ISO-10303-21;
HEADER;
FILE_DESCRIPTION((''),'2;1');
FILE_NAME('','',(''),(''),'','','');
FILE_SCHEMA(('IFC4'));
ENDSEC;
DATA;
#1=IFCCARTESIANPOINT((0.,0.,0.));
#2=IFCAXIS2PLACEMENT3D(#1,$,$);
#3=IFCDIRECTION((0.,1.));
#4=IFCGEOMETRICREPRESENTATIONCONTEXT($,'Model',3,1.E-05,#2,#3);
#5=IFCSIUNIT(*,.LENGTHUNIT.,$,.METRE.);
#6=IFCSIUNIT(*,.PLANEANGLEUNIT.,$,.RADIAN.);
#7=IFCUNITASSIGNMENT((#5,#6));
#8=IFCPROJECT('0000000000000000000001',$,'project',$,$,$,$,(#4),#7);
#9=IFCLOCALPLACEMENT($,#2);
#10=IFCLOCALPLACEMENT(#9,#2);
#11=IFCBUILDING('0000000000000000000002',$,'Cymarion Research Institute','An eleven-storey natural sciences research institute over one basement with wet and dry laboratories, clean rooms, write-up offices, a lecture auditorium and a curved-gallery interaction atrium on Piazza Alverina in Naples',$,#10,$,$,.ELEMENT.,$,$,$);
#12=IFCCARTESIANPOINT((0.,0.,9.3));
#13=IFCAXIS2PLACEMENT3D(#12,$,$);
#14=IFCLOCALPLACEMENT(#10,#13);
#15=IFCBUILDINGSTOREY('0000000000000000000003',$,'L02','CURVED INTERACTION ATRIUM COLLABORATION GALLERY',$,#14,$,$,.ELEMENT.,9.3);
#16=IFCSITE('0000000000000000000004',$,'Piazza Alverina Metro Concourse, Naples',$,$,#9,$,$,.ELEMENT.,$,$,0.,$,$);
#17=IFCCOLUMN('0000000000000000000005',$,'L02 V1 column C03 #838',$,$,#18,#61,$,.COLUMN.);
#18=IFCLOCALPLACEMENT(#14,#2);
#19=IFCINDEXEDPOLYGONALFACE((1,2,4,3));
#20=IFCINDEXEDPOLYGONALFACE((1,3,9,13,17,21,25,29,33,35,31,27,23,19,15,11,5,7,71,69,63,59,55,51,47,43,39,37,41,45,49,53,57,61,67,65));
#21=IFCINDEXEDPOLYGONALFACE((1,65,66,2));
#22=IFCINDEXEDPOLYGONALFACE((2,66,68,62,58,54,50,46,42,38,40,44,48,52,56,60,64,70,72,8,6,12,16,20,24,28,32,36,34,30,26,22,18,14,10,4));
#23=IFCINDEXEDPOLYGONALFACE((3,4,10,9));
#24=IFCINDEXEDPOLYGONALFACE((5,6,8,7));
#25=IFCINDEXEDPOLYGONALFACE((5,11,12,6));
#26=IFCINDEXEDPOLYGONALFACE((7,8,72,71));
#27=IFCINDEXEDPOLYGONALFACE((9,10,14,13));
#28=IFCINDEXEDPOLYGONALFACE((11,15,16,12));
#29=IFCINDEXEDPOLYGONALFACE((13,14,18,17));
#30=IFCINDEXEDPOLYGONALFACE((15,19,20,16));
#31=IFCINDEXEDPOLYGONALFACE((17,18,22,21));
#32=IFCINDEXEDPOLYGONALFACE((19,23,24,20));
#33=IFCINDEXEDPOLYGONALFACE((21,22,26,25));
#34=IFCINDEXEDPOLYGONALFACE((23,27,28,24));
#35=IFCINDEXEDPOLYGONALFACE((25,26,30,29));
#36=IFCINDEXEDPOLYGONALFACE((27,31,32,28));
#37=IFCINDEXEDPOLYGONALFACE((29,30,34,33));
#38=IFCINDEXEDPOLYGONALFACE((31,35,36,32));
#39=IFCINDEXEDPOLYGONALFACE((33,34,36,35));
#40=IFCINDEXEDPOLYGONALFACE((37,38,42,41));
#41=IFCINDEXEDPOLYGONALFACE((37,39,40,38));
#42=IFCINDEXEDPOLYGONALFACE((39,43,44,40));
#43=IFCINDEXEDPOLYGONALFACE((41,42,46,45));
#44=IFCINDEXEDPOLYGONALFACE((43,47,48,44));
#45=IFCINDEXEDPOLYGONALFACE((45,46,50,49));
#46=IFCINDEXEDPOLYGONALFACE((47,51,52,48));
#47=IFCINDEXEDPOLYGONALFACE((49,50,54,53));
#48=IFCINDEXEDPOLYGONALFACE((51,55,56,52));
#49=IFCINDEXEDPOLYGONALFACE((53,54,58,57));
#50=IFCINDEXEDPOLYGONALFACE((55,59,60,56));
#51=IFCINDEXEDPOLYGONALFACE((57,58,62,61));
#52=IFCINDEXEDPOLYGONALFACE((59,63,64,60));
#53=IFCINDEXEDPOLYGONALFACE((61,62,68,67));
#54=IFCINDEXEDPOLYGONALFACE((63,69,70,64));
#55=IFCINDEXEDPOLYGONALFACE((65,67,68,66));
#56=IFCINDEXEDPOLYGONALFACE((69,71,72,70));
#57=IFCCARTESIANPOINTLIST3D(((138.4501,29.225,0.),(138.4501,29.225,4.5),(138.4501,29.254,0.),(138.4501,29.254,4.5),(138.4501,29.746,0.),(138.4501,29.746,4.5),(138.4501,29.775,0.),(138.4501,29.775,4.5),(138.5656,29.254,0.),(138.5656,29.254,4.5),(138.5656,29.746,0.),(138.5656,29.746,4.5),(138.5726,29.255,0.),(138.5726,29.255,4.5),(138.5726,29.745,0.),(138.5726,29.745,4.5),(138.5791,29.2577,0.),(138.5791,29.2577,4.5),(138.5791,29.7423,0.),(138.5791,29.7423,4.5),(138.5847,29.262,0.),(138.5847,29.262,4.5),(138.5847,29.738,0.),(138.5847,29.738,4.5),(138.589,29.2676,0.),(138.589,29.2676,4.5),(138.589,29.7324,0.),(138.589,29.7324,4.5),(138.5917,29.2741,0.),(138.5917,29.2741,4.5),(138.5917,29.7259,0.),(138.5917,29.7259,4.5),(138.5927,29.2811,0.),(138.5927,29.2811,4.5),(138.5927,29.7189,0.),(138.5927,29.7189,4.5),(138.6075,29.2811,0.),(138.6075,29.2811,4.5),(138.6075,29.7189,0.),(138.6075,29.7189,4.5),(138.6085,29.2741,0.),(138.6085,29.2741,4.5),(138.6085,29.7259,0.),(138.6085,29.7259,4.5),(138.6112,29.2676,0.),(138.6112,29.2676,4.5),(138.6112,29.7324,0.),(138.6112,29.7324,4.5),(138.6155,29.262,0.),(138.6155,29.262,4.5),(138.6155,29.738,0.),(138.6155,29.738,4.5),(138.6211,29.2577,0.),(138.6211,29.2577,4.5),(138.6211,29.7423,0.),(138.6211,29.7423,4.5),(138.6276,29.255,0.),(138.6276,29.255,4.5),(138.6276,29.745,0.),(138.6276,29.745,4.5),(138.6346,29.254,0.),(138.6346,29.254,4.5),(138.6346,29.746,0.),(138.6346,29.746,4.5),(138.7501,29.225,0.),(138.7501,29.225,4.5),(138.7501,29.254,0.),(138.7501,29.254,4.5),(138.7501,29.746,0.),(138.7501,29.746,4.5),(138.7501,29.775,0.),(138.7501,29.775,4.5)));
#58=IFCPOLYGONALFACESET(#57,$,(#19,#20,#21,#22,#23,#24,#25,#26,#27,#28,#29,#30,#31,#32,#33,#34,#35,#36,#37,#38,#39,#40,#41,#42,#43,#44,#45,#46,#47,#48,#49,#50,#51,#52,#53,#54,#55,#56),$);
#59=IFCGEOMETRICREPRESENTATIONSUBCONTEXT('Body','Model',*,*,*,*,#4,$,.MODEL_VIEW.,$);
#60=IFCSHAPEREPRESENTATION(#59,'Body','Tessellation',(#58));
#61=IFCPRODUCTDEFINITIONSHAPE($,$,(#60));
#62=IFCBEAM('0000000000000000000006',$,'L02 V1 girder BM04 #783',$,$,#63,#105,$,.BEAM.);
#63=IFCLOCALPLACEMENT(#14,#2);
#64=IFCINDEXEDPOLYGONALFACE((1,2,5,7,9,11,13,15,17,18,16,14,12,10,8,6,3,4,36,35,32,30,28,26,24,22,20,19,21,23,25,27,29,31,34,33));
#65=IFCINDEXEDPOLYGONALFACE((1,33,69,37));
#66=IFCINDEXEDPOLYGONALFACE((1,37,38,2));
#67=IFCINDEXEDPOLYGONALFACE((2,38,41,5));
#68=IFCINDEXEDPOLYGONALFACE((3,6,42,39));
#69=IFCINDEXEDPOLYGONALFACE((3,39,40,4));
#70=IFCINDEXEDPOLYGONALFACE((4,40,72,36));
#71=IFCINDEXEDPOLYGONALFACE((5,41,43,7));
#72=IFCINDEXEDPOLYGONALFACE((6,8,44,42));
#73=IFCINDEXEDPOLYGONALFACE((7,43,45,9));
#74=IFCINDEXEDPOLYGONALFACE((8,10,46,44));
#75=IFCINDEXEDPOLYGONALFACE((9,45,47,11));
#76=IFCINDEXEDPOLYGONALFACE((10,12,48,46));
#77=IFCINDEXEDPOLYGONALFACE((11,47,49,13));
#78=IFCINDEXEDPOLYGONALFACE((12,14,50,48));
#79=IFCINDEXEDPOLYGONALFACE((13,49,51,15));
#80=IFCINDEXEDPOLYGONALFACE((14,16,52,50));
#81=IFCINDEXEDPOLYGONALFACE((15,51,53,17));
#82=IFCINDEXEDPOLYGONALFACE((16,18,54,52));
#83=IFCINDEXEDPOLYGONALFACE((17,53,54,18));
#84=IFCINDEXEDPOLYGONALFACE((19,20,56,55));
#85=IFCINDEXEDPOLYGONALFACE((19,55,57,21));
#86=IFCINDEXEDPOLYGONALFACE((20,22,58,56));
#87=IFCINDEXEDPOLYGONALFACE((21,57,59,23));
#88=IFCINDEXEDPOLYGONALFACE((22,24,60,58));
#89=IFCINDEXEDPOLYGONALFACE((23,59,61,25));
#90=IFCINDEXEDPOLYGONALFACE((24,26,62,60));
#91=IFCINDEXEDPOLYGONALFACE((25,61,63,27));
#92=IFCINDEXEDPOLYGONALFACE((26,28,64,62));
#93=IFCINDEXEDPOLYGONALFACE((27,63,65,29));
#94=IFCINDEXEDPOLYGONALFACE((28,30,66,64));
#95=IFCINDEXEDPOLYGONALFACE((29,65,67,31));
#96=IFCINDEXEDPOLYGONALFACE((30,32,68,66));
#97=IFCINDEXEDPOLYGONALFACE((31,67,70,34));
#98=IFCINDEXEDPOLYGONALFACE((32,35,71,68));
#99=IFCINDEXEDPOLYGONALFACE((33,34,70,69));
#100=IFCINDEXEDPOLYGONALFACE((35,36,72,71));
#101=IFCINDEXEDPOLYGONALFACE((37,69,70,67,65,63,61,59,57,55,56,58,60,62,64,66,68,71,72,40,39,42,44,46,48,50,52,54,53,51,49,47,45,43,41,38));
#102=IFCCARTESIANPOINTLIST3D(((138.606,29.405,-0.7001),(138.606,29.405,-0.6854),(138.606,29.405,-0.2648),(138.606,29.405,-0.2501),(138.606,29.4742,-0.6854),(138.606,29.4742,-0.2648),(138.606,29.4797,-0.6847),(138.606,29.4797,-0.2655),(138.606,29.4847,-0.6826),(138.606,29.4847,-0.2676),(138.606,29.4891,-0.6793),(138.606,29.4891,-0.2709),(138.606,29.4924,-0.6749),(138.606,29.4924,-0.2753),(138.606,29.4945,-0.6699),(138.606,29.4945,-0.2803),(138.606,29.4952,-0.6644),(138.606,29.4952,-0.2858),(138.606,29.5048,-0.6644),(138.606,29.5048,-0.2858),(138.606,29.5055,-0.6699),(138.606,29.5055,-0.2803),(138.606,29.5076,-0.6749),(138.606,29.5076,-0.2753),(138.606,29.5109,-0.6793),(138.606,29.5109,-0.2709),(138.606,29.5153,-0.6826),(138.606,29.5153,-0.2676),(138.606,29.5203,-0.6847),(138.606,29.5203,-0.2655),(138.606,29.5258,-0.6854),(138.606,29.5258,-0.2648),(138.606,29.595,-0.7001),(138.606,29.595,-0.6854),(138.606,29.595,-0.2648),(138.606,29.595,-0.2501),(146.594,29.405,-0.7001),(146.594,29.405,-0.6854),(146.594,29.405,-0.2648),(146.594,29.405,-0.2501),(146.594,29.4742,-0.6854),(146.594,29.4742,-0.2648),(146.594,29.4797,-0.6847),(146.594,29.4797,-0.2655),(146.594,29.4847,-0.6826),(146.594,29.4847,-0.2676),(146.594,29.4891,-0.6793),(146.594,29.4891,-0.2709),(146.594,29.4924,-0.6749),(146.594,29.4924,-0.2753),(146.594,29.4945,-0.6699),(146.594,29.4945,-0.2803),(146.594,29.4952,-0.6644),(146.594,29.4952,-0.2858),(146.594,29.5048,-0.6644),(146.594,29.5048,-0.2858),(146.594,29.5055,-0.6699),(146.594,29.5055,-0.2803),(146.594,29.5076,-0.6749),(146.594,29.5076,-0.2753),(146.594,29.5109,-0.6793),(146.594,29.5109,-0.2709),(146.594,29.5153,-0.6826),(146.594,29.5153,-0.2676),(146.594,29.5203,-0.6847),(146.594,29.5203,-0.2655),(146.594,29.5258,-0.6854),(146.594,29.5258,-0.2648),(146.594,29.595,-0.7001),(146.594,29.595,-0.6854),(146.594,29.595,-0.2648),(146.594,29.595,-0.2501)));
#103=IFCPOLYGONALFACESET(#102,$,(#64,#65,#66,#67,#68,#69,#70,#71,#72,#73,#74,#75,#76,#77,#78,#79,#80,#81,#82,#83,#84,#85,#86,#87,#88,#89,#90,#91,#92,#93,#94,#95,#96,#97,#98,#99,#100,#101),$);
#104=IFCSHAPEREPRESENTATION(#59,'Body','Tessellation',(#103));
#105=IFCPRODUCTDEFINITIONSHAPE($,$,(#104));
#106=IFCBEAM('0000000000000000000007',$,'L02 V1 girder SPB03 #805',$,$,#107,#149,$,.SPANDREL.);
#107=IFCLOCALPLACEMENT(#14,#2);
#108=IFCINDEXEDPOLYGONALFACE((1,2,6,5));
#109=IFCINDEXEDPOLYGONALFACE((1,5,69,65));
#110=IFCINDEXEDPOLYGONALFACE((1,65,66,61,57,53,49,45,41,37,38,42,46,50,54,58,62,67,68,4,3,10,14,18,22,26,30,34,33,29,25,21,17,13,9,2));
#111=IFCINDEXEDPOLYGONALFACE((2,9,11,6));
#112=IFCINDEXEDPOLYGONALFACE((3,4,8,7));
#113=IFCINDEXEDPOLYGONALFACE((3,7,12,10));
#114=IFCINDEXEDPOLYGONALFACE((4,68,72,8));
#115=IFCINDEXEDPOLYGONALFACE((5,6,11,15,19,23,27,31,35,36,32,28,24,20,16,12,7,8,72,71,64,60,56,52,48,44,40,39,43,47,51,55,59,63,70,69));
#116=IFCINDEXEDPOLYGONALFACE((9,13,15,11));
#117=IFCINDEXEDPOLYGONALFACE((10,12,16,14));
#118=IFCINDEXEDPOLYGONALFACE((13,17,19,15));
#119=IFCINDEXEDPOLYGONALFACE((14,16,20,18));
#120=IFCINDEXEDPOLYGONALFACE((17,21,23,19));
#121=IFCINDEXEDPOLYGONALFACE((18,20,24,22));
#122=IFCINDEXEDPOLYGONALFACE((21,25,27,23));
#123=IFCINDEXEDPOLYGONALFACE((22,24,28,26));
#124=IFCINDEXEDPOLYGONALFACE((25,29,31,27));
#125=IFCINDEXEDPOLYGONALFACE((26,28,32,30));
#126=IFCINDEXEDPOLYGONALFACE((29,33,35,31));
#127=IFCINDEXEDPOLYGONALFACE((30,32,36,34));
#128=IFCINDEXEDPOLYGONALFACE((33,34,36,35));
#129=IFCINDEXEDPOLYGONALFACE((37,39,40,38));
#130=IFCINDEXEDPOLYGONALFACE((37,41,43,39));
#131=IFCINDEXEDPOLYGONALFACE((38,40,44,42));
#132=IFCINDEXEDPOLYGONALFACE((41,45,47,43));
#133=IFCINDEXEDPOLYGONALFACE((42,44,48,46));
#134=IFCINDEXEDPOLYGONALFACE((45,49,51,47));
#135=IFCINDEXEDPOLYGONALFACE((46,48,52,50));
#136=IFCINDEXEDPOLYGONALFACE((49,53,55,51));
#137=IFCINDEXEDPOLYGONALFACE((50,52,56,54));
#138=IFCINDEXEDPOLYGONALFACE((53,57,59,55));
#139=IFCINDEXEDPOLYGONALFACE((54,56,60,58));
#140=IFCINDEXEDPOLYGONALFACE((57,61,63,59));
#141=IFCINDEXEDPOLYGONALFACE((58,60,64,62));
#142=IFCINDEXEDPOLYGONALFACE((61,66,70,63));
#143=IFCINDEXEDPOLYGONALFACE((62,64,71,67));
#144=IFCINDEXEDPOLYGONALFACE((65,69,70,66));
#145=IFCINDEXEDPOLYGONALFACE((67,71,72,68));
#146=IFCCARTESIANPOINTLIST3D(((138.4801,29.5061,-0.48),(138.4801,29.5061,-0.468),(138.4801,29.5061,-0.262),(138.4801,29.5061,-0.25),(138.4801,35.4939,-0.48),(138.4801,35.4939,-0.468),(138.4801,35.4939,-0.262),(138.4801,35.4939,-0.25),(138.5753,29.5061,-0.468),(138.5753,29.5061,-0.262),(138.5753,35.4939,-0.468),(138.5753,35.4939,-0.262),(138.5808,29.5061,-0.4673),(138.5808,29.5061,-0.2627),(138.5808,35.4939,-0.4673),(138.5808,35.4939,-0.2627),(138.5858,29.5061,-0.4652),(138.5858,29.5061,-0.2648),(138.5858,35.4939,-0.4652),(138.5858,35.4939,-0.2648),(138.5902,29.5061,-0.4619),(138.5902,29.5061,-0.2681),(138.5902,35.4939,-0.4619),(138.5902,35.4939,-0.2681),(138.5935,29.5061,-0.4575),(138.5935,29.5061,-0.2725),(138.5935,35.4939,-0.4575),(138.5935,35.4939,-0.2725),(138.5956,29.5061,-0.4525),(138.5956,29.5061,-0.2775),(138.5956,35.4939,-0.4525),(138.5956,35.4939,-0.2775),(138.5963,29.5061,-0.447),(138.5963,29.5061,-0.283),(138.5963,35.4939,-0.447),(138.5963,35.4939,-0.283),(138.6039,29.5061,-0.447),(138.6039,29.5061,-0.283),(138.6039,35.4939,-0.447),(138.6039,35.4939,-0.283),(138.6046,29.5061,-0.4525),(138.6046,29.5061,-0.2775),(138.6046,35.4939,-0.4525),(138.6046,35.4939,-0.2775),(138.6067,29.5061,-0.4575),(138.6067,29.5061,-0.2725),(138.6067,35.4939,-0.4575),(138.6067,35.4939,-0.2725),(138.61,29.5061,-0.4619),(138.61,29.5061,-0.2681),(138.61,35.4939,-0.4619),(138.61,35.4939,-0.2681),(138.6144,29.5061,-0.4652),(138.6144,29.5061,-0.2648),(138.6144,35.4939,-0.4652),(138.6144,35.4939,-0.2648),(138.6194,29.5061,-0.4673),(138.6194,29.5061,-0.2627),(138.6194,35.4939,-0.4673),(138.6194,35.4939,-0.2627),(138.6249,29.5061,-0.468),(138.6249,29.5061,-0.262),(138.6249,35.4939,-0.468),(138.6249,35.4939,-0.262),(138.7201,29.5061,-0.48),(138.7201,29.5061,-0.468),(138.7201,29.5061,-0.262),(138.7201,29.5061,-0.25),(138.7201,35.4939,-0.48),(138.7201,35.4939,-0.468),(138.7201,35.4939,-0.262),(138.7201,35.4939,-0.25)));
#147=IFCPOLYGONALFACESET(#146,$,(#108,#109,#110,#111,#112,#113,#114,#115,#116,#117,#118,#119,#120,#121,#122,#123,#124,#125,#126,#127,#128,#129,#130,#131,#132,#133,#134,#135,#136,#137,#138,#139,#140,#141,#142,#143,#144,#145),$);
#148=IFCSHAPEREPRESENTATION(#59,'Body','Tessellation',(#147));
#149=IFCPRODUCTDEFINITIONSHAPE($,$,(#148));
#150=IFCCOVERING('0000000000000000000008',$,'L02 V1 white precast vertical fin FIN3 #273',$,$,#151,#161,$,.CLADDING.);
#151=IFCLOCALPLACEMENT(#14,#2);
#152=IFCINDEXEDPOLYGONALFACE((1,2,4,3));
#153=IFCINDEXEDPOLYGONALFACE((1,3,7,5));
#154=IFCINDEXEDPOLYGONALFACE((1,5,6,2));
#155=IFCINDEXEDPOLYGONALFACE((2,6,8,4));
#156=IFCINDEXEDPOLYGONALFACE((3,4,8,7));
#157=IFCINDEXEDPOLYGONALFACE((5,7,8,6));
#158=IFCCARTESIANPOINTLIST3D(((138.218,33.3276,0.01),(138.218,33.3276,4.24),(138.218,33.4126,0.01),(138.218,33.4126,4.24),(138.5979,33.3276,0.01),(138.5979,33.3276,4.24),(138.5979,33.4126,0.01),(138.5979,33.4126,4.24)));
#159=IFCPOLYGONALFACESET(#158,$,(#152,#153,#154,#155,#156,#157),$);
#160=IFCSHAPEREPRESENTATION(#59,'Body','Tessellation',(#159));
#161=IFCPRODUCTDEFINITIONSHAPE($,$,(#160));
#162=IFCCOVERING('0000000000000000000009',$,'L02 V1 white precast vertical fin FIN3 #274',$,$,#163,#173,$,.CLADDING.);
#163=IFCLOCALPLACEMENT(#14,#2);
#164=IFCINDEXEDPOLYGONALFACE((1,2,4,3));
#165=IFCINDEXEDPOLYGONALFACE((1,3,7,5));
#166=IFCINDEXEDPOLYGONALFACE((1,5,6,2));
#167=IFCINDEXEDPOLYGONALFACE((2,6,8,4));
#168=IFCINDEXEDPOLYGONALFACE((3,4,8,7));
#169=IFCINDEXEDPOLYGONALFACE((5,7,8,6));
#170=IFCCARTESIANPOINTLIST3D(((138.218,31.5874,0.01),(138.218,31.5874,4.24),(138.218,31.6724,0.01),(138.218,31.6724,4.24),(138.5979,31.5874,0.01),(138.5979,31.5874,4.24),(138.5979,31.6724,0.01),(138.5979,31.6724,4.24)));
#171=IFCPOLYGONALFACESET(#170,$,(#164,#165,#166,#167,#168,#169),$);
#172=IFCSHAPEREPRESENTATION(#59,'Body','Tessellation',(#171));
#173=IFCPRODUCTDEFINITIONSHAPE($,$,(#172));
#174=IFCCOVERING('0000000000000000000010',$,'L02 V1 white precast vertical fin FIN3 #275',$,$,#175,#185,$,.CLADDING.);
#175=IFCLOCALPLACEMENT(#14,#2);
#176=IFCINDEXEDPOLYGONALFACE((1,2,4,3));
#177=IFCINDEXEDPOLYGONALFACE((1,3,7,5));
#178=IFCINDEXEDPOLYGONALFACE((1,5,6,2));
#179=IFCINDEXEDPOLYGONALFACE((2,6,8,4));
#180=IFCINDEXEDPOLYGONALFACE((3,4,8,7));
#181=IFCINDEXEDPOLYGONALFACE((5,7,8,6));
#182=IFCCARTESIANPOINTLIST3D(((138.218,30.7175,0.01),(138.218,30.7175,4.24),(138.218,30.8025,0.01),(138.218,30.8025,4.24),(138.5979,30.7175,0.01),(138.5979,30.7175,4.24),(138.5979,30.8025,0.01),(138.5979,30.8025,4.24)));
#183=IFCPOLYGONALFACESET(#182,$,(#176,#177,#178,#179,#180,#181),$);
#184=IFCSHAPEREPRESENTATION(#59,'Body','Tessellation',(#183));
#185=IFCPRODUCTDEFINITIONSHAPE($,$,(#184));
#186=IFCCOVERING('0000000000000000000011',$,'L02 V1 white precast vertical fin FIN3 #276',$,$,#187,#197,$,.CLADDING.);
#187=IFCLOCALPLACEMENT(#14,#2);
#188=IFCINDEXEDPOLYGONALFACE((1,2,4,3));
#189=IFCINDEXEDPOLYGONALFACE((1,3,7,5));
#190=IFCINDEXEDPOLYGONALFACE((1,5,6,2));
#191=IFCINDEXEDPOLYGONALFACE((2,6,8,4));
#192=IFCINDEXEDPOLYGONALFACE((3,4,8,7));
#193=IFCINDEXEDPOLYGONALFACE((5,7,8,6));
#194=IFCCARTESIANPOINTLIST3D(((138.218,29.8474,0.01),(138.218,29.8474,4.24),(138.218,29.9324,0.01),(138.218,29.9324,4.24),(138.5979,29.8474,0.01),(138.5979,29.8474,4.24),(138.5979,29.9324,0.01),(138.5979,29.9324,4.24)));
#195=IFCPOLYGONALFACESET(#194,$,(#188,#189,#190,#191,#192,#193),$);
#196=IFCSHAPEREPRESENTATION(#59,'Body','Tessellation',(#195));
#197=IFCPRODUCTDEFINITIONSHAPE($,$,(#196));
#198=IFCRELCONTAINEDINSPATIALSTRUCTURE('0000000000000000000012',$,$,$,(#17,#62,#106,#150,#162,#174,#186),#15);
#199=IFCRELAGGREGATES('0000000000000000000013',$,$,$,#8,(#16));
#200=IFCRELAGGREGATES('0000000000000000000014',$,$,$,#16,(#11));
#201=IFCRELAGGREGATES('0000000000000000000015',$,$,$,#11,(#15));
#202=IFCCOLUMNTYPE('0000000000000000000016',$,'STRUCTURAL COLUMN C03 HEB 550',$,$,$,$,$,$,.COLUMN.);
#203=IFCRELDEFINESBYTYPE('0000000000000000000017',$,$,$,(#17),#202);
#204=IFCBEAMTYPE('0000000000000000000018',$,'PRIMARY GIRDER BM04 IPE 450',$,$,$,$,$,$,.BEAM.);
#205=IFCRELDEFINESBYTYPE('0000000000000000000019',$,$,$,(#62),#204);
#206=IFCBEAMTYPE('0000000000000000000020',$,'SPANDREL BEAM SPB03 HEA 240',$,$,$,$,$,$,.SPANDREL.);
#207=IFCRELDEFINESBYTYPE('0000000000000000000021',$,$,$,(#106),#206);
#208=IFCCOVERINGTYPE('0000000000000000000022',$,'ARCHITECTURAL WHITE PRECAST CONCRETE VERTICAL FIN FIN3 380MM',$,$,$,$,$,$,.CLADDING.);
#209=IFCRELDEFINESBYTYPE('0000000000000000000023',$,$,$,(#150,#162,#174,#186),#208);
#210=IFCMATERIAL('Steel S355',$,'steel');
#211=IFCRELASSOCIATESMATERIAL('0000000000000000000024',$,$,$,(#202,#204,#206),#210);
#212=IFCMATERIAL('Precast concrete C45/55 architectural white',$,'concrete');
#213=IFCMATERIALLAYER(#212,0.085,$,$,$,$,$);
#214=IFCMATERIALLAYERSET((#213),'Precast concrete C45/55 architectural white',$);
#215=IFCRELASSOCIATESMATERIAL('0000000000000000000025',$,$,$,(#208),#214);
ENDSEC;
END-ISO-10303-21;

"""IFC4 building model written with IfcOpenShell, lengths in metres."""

from ifc_helpers import new_model, si_unit, direction, frame, origin, origin_2d, place, context, subcontext, project, spatial, rectangle, i_section, extrude, material, layer, layer_set, material_profile, profile_set, type_object, element, save


model = new_model("IFC4")

# Units and contexts
model_context = context("Model", 3, precision=1e-05, world=origin(), true_north=direction((0.0, 1.0)))
body_context = subcontext(model_context, "Body", "Model", "MODEL_VIEW")
ifc_project = project(units=[si_unit("LENGTHUNIT", "METRE"), si_unit("PLANEANGLEUNIT", "RADIAN")], contexts=[model_context])

# Site, building, storey
site_placement = place(None, origin())
site = spatial("IfcSite", under=ifc_project, at=site_placement, Name="Piazza Alverina Metro Concourse, Naples", CompositionType="ELEMENT", RefElevation=0.0)
building_placement = place(site_placement, origin())
building = spatial("IfcBuilding", under=site, at=building_placement, Name="Cymarion Research Institute", Description="An eleven-storey natural sciences research institute over one basement with wet and dry laboratories, clean rooms, write-up offices, a lecture auditorium and a curved-gallery interaction atrium on Piazza Alverina in Naples", CompositionType="ELEMENT")
storey_placement = place(building_placement, frame((0.0, 0.0, 9.3)))
storey = spatial("IfcBuildingStorey", under=building, at=storey_placement, Name="L02", Description="CURVED INTERACTION ATRIUM COLLABORATION GALLERY", CompositionType="ELEMENT", Elevation=9.3)

# Column
ifc_material_1 = material(Name="Steel S355", Category="steel")
ifc_material_profile_1 = material_profile(ifc_material_1, i_section(OverallWidth=0.3, OverallDepth=0.55, WebThickness=0.0149, FlangeThickness=0.0291, FilletRadius=0.0271, at=origin_2d()), Name="HEB 550")
ifc_profile_set_1 = profile_set([ifc_material_profile_1], Name="Steel S355")
column_type = type_object("IfcColumnType", Name="STRUCTURAL COLUMN C03 HEB 550", PredefinedType="COLUMN", material=ifc_profile_set_1)
column_placement = place(storey_placement, frame((138.6001, 29.5, 0.0), z_axis=(0.0, 0.0, 1.0), x_axis=(1.0, 0.0, 0.0)))
element("IfcColumn", 1, at=column_placement, inside=storey, type_object=column_type, Name="L02 V1 column C03 #838", PredefinedType="COLUMN", context=body_context, shape_type="SweptSolid", body=[
    extrude(i_section(OverallWidth=0.3, OverallDepth=0.55, WebThickness=0.0149, FlangeThickness=0.0291, FilletRadius=0.0271, at=origin_2d()), origin(), (0.0, 0.0, 1.0), 4.5),
])

# Beams
ifc_material_profile_2 = material_profile(ifc_material_1, i_section(OverallWidth=0.1899, OverallDepth=0.45, WebThickness=0.0095, FlangeThickness=0.0146, FilletRadius=0.021, at=origin_2d()), Name="IPE 450")
ifc_profile_set_2 = profile_set([ifc_material_profile_2], Name="Steel S355")
beam_type_1 = type_object("IfcBeamType", Name="PRIMARY GIRDER BM04 IPE 450", PredefinedType="BEAM", material=ifc_profile_set_2)
beam_1_placement = place(storey_placement, frame((138.606, 29.5, -0.4751), z_axis=(1.0, 0.0, 0.0), x_axis=(0.0, 1.0, 0.0)))
element("IfcBeam", 2, at=beam_1_placement, inside=storey, type_object=beam_type_1, Name="L02 V1 girder BM04 #783", PredefinedType="BEAM", context=body_context, shape_type="SweptSolid", body=[
    extrude(i_section(OverallWidth=0.1899, OverallDepth=0.45, WebThickness=0.0095, FlangeThickness=0.0146, FilletRadius=0.021, at=origin_2d()), origin(), (0.0, 0.0, 1.0), 7.988),
])
ifc_material_profile_3 = material_profile(ifc_material_1, i_section(OverallWidth=0.24, OverallDepth=0.23, WebThickness=0.0076, FlangeThickness=0.012, FilletRadius=0.021, at=origin_2d()), Name="HEA 240")
ifc_profile_set_3 = profile_set([ifc_material_profile_3], Name="Steel S355")
beam_type_2 = type_object("IfcBeamType", Name="SPANDREL BEAM SPB03 HEA 240", PredefinedType="SPANDREL", material=ifc_profile_set_3)
beam_2_placement = place(storey_placement, frame((138.6001, 29.5061, -0.365), z_axis=(0.0, 1.0, 0.0), x_axis=(-1.0, 0.0, 0.0)))
element("IfcBeam", 3, at=beam_2_placement, inside=storey, type_object=beam_type_2, Name="L02 V1 girder SPB03 #805", PredefinedType="SPANDREL", context=body_context, shape_type="SweptSolid", body=[
    extrude(i_section(OverallWidth=0.24, OverallDepth=0.23, WebThickness=0.0076, FlangeThickness=0.012, FilletRadius=0.021, at=origin_2d()), origin(), (0.0, 0.0, 1.0), 5.9878),
])

# Coverings
ifc_material_2 = material(Name="Precast concrete C45/55 architectural white", Category="concrete")
ifc_layer_1 = layer(ifc_material_2, 0.085)
ifc_layer_set_1 = layer_set([ifc_layer_1], Name="Precast concrete C45/55 architectural white")
covering_type_1 = type_object("IfcCoveringType", Name="ARCHITECTURAL WHITE PRECAST CONCRETE VERTICAL FIN FIN3 380MM", PredefinedType="CLADDING", material=ifc_layer_set_1)
for number, where, z_axis, x_axis, name in (
    (4, (138.408, 33.3701, 0.01), (0.0, 0.0, 1.0), (-1.0, 0.0, 0.0), "L02 V1 white precast vertical fin FIN3 #273"),
    (5, (138.408, 31.6299, 0.01), (0.0, 0.0, 1.0), (-1.0, 0.0, 0.0), "L02 V1 white precast vertical fin FIN3 #274"),
    (6, (138.408, 30.76, 0.01), (0.0, 0.0, 1.0), (-1.0, 0.0, 0.0), "L02 V1 white precast vertical fin FIN3 #275"),
    (7, (138.408, 29.8899, 0.01), (0.0, 0.0, 1.0), (-1.0, 0.0, 0.0), "L02 V1 white precast vertical fin FIN3 #276"),
):
    element("IfcCovering", number, at=place(storey_placement, frame(where, z_axis=z_axis, x_axis=x_axis)), inside=storey, type_object=covering_type_1, Name=name, PredefinedType="CLADDING", context=body_context, shape_type="SweptSolid", body=[
        extrude(rectangle(XDim=0.3799, YDim=0.085, at=origin_2d()), origin(), (0.0, 0.0, 1.0), 4.23),
    ])

save(model, "model.ifc")
